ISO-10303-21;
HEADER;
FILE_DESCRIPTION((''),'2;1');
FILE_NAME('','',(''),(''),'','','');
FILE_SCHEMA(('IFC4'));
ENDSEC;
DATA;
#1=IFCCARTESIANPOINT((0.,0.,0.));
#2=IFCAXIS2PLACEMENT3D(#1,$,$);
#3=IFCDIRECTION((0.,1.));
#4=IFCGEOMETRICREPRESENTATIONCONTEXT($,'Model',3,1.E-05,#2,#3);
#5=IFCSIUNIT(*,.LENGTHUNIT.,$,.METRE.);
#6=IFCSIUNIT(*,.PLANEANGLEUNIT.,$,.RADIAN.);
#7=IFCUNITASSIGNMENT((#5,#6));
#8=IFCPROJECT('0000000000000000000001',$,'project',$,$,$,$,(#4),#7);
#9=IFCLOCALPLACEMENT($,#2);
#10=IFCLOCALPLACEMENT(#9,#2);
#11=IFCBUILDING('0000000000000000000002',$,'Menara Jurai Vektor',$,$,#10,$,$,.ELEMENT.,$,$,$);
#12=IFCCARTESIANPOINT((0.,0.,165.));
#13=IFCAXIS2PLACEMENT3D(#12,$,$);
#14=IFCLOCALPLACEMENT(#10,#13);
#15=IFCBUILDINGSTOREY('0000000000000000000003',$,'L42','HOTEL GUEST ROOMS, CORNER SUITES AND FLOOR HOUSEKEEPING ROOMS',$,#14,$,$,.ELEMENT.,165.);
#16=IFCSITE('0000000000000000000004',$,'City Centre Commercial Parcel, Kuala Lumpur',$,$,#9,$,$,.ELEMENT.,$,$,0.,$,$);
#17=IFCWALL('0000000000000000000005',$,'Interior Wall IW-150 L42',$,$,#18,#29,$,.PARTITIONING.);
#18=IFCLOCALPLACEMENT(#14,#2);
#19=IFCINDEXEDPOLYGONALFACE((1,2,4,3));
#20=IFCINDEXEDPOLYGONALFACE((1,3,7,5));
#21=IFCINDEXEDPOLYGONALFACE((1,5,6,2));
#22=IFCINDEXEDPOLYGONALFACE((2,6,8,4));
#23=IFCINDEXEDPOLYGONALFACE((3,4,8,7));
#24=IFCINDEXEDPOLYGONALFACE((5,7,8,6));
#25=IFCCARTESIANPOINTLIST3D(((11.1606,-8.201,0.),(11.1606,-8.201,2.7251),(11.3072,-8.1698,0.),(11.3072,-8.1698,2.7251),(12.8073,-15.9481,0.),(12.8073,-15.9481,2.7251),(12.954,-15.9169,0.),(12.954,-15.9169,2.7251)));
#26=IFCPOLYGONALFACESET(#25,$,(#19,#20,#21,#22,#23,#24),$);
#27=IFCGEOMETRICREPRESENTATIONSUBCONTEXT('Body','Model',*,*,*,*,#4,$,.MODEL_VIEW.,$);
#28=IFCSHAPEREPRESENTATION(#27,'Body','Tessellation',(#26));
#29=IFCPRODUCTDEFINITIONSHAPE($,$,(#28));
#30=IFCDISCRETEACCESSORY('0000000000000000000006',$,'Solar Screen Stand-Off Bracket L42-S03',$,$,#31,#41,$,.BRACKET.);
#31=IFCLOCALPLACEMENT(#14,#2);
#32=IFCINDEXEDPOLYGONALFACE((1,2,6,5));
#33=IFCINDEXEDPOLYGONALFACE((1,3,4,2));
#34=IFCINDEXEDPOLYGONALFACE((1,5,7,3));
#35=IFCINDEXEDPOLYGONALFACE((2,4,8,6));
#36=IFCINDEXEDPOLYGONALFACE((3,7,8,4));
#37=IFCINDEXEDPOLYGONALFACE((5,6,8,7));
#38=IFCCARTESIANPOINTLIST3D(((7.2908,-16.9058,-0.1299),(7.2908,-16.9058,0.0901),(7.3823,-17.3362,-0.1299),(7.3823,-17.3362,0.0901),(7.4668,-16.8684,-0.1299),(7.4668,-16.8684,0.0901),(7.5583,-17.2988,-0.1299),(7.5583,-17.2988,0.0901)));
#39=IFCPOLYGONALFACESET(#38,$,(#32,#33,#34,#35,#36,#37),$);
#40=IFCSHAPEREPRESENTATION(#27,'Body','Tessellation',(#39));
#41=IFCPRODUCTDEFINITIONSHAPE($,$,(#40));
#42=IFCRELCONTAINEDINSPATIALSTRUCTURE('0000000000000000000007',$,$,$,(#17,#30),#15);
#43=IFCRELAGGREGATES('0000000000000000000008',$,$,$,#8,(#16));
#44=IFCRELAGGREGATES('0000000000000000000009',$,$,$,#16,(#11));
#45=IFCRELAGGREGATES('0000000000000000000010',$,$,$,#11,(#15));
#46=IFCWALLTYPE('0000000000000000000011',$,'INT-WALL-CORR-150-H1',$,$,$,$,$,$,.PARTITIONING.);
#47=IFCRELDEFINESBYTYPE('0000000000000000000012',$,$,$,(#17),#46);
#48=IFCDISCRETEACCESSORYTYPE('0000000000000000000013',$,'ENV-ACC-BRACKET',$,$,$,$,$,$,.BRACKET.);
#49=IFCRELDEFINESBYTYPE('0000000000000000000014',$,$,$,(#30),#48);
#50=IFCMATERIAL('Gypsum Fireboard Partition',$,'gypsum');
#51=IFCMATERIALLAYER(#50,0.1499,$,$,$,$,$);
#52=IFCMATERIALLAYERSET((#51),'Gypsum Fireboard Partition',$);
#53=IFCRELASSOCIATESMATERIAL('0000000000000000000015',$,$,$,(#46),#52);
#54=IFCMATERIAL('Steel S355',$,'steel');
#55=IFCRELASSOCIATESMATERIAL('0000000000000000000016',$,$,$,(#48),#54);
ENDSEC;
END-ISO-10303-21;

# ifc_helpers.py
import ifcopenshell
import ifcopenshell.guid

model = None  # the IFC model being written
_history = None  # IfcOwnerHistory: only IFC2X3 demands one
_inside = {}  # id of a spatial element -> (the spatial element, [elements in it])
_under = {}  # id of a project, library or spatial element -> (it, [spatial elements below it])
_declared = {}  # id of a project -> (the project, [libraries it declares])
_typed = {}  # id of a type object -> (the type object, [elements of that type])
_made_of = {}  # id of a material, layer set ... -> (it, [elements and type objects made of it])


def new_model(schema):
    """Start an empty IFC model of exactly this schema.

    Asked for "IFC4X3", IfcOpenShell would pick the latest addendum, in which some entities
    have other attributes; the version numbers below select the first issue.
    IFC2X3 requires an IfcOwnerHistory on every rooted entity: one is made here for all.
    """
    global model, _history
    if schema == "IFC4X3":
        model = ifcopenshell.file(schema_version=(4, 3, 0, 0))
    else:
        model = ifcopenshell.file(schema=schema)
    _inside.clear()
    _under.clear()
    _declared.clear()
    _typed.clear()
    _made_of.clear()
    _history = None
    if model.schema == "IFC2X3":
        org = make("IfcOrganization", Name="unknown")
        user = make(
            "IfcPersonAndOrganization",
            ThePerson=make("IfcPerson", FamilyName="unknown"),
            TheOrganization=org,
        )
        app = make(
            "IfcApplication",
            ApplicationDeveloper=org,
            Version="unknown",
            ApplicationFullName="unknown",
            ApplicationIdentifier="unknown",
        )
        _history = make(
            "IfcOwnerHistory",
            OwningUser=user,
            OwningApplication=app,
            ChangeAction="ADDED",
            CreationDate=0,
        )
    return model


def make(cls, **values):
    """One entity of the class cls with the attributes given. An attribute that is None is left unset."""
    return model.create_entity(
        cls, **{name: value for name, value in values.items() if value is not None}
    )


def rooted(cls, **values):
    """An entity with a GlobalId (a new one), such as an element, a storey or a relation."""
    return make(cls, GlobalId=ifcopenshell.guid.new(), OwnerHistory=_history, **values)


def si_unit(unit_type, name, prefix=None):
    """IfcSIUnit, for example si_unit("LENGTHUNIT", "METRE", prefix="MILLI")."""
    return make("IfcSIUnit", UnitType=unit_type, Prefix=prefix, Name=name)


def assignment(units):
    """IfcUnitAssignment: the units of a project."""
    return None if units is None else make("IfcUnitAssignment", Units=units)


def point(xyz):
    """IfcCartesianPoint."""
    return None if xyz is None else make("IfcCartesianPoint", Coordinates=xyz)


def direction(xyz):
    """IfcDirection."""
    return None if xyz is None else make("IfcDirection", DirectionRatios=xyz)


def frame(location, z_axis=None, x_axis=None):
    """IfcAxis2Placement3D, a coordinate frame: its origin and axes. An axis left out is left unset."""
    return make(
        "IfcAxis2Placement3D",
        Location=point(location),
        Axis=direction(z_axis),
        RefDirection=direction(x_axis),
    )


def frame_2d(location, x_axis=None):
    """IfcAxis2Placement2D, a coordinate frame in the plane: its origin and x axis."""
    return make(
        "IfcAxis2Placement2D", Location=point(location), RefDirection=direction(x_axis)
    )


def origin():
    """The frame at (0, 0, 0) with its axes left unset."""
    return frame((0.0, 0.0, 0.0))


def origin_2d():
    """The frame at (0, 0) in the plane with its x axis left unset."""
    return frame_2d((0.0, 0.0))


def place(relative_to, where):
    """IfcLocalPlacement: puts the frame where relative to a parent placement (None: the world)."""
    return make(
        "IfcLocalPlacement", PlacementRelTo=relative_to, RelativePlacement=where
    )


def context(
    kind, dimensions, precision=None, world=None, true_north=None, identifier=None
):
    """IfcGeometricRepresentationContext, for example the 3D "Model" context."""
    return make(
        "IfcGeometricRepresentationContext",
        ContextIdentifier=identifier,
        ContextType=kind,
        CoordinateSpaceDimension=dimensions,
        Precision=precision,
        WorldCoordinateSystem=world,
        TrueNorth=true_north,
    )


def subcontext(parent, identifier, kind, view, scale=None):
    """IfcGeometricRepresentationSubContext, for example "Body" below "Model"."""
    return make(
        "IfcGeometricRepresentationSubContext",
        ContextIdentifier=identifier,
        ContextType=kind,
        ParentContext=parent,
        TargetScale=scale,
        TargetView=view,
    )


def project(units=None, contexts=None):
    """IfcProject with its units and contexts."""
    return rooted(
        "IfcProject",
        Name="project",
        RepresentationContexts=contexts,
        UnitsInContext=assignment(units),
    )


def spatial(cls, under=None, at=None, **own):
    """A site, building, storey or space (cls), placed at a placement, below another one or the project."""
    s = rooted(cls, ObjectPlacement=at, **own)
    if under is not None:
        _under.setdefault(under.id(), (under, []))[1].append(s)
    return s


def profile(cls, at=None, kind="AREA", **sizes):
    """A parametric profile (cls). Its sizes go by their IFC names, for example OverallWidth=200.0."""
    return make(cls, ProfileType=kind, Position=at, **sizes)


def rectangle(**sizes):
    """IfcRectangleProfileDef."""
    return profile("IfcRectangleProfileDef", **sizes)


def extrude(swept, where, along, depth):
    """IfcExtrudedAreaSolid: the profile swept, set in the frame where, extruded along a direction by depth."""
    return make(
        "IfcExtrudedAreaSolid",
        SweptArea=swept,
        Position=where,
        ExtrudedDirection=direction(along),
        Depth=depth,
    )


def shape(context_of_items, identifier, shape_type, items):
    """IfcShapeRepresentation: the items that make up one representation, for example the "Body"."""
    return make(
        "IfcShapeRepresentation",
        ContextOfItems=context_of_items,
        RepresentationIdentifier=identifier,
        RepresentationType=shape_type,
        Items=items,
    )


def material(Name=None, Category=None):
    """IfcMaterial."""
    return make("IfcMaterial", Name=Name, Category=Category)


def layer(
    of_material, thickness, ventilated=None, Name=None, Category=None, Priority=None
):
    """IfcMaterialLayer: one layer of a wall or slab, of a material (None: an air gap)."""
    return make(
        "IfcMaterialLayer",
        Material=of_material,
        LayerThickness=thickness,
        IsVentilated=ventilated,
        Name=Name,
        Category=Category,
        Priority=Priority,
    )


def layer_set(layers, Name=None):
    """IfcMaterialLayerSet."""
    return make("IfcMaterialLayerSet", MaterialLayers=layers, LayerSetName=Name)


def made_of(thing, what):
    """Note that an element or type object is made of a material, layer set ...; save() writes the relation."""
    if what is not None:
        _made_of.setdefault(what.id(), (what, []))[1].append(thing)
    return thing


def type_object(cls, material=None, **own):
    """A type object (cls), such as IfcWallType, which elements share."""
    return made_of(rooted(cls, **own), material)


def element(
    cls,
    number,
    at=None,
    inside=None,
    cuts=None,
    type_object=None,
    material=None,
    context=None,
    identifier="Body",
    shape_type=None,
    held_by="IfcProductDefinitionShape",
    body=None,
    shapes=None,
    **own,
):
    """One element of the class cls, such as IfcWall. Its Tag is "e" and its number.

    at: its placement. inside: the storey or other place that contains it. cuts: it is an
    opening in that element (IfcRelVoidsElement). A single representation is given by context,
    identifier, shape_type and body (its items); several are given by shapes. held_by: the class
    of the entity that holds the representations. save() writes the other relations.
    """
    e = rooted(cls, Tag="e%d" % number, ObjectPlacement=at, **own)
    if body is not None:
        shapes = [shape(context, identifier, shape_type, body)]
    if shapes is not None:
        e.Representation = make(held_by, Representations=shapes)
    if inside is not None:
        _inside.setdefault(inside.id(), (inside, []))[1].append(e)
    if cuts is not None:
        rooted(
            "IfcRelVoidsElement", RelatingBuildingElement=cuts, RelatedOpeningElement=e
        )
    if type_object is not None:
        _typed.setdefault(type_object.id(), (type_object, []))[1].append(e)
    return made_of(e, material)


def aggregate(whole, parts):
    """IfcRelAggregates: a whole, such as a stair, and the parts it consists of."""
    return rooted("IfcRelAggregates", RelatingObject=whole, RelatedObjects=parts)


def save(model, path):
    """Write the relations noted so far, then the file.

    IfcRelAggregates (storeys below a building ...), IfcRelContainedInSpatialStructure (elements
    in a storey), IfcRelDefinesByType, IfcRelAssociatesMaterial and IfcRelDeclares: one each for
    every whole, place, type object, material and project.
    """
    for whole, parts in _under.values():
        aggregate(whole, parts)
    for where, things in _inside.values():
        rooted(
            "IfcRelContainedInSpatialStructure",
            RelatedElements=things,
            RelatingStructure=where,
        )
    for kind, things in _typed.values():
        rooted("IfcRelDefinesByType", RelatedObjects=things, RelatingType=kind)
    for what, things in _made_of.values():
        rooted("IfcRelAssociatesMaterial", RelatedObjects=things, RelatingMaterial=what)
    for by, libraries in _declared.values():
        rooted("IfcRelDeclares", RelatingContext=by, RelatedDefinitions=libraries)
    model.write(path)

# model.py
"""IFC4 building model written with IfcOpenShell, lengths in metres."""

from ifc_helpers import new_model, si_unit, direction, frame, frame_2d, origin, origin_2d, place, context, subcontext, project, spatial, rectangle, extrude, material, layer, layer_set, type_object, element, save


model = new_model("IFC4")

# Units and contexts
model_context = context("Model", 3, precision=1e-05, world=origin(), true_north=direction((0.0, 1.0)))
body_context = subcontext(model_context, "Body", "Model", "MODEL_VIEW")
ifc_project = project(units=[si_unit("LENGTHUNIT", "METRE"), si_unit("PLANEANGLEUNIT", "RADIAN")], contexts=[model_context])

# Site, building, storey
site_placement = place(None, origin())
site = spatial("IfcSite", under=ifc_project, at=site_placement, Name="City Centre Commercial Parcel, Kuala Lumpur", CompositionType="ELEMENT", RefElevation=0.0)
building_placement = place(site_placement, origin())
building = spatial("IfcBuilding", under=site, at=building_placement, Name="Menara Jurai Vektor", CompositionType="ELEMENT")
storey_placement = place(building_placement, frame((0.0, 0.0, 165.0)))
storey = spatial("IfcBuildingStorey", under=building, at=storey_placement, Name="L42", Description="HOTEL GUEST ROOMS, CORNER SUITES AND FLOOR HOUSEKEEPING ROOMS", CompositionType="ELEMENT", Elevation=165.0)

# Shared definitions
ifc_material_1 = material(Name="Steel S355", Category="steel")

# Shared definitions
ifc_material_2 = material(Name="Gypsum Fireboard Partition", Category="gypsum")

# Wall
ifc_layer_1 = layer(ifc_material_2, 0.1499)
ifc_layer_set_1 = layer_set([ifc_layer_1], Name="Gypsum Fireboard Partition")
wall_type_1 = type_object("IfcWallType", Name="INT-WALL-CORR-150-H1", PredefinedType="PARTITIONING", material=ifc_layer_set_1)
wall_1_placement = place(storey_placement, frame((12.8806, -15.9324, 0.0), z_axis=(0.0, 0.0, 1.0), x_axis=(-0.207916, 0.978147, 0.0)))
element("IfcWall", 1, at=wall_1_placement, inside=storey, type_object=wall_type_1, Name="Interior Wall IW-150 L42", PredefinedType="PARTITIONING", context=body_context, shape_type="SweptSolid", body=[
    extrude(rectangle(XDim=7.9202, YDim=0.1499, at=frame_2d((3.96, 0.0))), origin(), (0.0, 0.0, 1.0), 2.7251),
])

# Discrete accessory
discrete_accessory_type = type_object("IfcDiscreteAccessoryType", Name="ENV-ACC-BRACKET", PredefinedType="BRACKET", material=ifc_material_1)
discrete_accessory_placement = place(storey_placement, frame((7.4246, -17.1023, -0.1299), z_axis=(0.0, 0.0, 1.0), x_axis=(0.978148, 0.207912, 0.0)))
element("IfcDiscreteAccessory", 2, at=discrete_accessory_placement, inside=storey, type_object=discrete_accessory_type, Name="Solar Screen Stand-Off Bracket L42-S03", PredefinedType="BRACKET", context=body_context, shape_type="SweptSolid", body=[
    extrude(rectangle(XDim=0.1799, YDim=0.4399, at=origin_2d()), origin(), (0.0, 0.0, 1.0), 0.22),
])

save(model, "model.ifc")
